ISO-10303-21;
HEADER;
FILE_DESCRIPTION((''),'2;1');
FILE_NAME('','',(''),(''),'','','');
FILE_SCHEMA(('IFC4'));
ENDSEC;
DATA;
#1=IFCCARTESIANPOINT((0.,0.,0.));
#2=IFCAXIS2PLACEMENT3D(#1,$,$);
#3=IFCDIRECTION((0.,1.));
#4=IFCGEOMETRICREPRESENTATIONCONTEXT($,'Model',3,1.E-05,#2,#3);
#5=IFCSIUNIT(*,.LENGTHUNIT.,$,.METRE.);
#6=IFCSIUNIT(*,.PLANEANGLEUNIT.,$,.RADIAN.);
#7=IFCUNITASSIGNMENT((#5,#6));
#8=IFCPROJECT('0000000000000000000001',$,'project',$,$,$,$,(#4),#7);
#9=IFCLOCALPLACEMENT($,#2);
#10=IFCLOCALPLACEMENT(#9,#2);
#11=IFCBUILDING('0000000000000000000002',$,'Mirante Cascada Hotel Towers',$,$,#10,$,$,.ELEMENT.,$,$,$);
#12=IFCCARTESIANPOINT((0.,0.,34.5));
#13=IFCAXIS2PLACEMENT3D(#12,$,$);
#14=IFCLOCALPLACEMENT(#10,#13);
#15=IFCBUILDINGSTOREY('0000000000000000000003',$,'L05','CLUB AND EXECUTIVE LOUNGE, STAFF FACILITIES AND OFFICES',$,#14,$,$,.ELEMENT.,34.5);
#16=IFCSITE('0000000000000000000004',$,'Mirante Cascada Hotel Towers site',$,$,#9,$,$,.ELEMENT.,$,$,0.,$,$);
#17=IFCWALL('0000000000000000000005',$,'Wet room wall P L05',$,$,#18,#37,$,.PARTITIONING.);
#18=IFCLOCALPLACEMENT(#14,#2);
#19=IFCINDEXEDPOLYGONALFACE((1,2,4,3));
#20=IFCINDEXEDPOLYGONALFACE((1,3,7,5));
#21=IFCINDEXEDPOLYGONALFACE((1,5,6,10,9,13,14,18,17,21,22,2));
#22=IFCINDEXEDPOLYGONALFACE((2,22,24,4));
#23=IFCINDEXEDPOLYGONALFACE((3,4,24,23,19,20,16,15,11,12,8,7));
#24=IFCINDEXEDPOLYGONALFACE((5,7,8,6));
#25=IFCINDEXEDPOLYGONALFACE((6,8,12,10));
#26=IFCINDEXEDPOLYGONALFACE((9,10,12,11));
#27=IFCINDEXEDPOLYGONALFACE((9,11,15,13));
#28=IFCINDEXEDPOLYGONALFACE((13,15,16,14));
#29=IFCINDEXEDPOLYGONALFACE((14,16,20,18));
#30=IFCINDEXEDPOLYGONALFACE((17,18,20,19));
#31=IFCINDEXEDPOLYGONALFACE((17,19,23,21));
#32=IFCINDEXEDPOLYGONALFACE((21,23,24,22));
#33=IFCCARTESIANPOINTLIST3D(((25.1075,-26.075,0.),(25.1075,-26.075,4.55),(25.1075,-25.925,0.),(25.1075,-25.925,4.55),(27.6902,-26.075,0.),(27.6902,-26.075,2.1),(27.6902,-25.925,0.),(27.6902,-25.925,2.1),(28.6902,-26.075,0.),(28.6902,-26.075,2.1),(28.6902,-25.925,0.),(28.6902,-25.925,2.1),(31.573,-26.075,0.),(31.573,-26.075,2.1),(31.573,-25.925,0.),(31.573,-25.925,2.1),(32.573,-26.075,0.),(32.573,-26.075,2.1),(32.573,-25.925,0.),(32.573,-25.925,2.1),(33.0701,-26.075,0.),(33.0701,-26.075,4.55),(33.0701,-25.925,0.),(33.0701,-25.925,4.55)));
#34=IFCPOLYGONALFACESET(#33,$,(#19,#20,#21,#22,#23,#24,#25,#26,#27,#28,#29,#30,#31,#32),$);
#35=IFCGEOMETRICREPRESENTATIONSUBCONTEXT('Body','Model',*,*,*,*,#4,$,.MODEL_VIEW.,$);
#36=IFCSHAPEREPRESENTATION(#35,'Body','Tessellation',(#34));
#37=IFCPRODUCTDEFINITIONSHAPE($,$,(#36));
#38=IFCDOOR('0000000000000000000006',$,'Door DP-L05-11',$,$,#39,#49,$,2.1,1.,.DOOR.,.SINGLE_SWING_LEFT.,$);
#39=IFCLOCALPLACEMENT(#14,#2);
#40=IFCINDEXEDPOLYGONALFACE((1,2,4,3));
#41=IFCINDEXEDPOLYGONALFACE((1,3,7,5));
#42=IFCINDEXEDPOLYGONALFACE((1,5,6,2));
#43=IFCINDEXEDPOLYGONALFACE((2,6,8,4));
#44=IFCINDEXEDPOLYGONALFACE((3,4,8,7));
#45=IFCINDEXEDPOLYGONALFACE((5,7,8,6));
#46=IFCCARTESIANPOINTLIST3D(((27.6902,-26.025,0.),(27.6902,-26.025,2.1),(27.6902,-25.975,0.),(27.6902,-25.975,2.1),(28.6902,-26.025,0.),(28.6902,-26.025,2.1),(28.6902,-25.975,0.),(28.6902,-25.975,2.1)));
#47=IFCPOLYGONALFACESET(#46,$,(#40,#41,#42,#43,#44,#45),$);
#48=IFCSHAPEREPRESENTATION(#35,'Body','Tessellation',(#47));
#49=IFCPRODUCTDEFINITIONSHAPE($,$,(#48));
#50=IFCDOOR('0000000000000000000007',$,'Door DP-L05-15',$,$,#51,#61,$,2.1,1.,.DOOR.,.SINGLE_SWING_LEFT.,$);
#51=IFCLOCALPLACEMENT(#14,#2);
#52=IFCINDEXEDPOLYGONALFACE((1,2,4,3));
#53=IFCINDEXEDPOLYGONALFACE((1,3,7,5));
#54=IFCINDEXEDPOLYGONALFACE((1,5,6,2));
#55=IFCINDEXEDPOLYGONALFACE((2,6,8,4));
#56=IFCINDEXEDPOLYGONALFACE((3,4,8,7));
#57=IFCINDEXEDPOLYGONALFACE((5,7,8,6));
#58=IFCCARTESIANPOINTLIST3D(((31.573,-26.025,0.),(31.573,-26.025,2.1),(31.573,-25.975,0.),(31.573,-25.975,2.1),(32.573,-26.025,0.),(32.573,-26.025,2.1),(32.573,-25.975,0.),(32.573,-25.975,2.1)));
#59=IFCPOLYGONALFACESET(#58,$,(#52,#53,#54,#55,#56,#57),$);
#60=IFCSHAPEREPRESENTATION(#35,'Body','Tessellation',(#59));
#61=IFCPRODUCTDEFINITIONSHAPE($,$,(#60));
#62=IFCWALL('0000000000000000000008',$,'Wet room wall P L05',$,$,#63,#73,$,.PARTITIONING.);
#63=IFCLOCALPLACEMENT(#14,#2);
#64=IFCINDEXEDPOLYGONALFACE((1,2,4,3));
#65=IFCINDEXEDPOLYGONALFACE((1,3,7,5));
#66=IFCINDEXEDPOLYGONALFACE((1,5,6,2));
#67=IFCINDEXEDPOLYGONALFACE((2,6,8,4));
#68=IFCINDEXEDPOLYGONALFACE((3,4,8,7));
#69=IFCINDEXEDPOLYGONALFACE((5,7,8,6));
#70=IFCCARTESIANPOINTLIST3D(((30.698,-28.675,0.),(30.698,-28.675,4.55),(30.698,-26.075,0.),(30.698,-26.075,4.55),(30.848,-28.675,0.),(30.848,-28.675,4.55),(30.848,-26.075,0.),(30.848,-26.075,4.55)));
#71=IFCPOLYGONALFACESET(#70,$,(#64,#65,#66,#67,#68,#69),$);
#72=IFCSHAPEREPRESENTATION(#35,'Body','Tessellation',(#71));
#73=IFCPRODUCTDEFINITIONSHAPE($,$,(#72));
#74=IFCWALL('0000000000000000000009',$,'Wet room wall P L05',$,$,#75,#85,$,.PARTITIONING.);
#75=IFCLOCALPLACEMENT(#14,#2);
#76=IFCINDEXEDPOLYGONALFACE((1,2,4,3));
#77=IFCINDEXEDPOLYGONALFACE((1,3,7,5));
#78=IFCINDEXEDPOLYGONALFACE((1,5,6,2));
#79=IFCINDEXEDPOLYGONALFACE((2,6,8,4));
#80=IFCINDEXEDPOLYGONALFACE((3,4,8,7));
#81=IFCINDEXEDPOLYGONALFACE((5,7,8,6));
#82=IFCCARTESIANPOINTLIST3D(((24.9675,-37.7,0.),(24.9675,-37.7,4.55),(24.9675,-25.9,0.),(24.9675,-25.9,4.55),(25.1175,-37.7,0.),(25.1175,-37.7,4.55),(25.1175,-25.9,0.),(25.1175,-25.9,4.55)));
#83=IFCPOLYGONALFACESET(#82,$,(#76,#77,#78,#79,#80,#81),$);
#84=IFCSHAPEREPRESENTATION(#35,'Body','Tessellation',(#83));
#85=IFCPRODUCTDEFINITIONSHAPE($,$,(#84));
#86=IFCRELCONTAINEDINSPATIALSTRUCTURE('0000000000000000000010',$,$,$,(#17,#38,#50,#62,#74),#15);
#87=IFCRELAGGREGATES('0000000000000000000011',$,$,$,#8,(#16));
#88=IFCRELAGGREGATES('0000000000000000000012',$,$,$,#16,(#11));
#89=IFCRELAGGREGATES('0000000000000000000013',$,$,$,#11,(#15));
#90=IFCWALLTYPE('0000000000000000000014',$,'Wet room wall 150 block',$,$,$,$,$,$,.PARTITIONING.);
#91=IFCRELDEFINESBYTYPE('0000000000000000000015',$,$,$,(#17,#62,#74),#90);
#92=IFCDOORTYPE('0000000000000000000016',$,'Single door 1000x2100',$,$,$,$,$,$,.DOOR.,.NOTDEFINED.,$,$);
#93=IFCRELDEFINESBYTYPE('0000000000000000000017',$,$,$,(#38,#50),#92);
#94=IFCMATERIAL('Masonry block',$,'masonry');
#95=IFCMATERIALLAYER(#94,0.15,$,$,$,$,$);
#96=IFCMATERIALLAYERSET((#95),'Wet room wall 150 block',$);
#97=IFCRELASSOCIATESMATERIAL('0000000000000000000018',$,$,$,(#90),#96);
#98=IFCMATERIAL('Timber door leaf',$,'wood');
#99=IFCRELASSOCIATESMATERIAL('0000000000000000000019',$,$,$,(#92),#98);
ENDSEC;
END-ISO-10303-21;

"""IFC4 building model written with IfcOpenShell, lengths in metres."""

from ifc_helpers import new_model, si_unit, direction, frame, frame_2d, origin, place, context, subcontext, project, spatial, rectangle, extrude, material, layer, layer_set, type_object, element, fill, save


model = new_model("IFC4")

# Units and contexts
model_context = context("Model", 3, precision=1e-05, world=origin(), true_north=direction((0.0, 1.0)))
body_context = subcontext(model_context, "Body", "Model", "MODEL_VIEW")
ifc_project = project(units=[si_unit("LENGTHUNIT", "METRE"), si_unit("PLANEANGLEUNIT", "RADIAN")], contexts=[model_context])

# Site, building, storey
site_placement = place(None, origin())
site = spatial("IfcSite", under=ifc_project, at=site_placement, Name="Mirante Cascada Hotel Towers site", CompositionType="ELEMENT", RefElevation=0.0)
building_placement = place(site_placement, origin())
building = spatial("IfcBuilding", under=site, at=building_placement, Name="Mirante Cascada Hotel Towers", CompositionType="ELEMENT")
storey_placement = place(building_placement, frame((0.0, 0.0, 34.5)))
storey = spatial("IfcBuildingStorey", under=building, at=storey_placement, Name="L05", Description="CLUB AND EXECUTIVE LOUNGE, STAFF FACILITIES AND OFFICES", CompositionType="ELEMENT", Elevation=34.5)

# Wall, openings, doors
ifc_material_1 = material(Name="Masonry block", Category="masonry")
ifc_layer_1 = layer(ifc_material_1, 0.15)
ifc_layer_set_1 = layer_set([ifc_layer_1], Name="Wet room wall 150 block")
wall_type_1 = type_object("IfcWallType", Name="Wet room wall 150 block", PredefinedType="PARTITIONING", material=ifc_layer_set_1)
wall_1_placement = place(storey_placement, frame((25.1075, -26.0, 0.0), z_axis=(0.0, 0.0, 1.0), x_axis=(1.0, 0.0, 0.0)))
wall_1 = element("IfcWall", 1, at=wall_1_placement, inside=storey, type_object=wall_type_1, Name="Wet room wall P L05", PredefinedType="PARTITIONING", context=body_context, shape_type="SweptSolid", body=[
    extrude(rectangle(XDim=7.9626, YDim=0.15, at=frame_2d((3.9813, 0.0))), origin(), (0.0, 0.0, 1.0), 4.55),
])
opening_1_placement = place(wall_1_placement, frame((2.5827, 0.0, 0.0)))
opening_1 = element("IfcOpeningElement", 2, at=opening_1_placement, cuts=wall_1, PredefinedType="OPENING", context=body_context, shape_type="SweptSolid", body=[
    extrude(rectangle(XDim=1.0, YDim=2.1, at=frame_2d((0.5, 1.05))), frame((0.0, 0.075, 0.0), z_axis=(0.0, -1.0, 0.0), x_axis=(1.0, 0.0, 0.0)), (0.0, 0.0, 1.0), 0.15),
])
opening_2_placement = place(wall_1_placement, frame((6.4655, 0.0, 0.0)))
opening_2 = element("IfcOpeningElement", 3, at=opening_2_placement, cuts=wall_1, PredefinedType="OPENING", context=body_context, shape_type="SweptSolid", body=[
    extrude(rectangle(XDim=1.0, YDim=2.1, at=frame_2d((0.5, 1.05))), frame((0.0, 0.075, 0.0), z_axis=(0.0, -1.0, 0.0), x_axis=(1.0, 0.0, 0.0)), (0.0, 0.0, 1.0), 0.15),
])
ifc_material_2 = material(Name="Timber door leaf", Category="wood")
door_type = type_object("IfcDoorType", Name="Single door 1000x2100", OperationType="NOTDEFINED", PredefinedType="DOOR", material=ifc_material_2)
door_1_placement = place(opening_1_placement, frame((1.0, 0.0, 0.0), z_axis=(0.0, 0.0, 1.0), x_axis=(-1.0, 0.0, 0.0)))
door_1 = element("IfcDoor", 4, at=door_1_placement, inside=storey, type_object=door_type, Name="Door DP-L05-11", OperationType="SINGLE_SWING_LEFT", OverallHeight=2.1, OverallWidth=1.0, PredefinedType="DOOR", context=body_context, shape_type="SweptSolid", body=[
    extrude(rectangle(XDim=1.0, YDim=2.1, at=frame_2d((0.5, 1.05))), frame((0.0, 0.025, 0.0), z_axis=(0.0, -1.0, 0.0), x_axis=(1.0, 0.0, 0.0)), (0.0, 0.0, 1.0), 0.05),
])
fill(opening_1, door_1)
door_2_placement = place(opening_2_placement, frame((1.0, 0.0, 0.0), z_axis=(0.0, 0.0, 1.0), x_axis=(-1.0, 0.0, 0.0)))
door_2 = element("IfcDoor", 5, at=door_2_placement, inside=storey, type_object=door_type, Name="Door DP-L05-15", OperationType="SINGLE_SWING_LEFT", OverallHeight=2.1, OverallWidth=1.0, PredefinedType="DOOR", context=body_context, shape_type="SweptSolid", body=[
    extrude(rectangle(XDim=1.0, YDim=2.1, at=frame_2d((0.5, 1.05))), frame((0.0, 0.025, 0.0), z_axis=(0.0, -1.0, 0.0), x_axis=(1.0, 0.0, 0.0)), (0.0, 0.0, 1.0), 0.05),
])
fill(opening_2, door_2)

# Walls
wall_2_placement = place(storey_placement, frame((30.773, -28.675, 0.0), z_axis=(0.0, 0.0, 1.0), x_axis=(0.0, 1.0, 0.0)))
element("IfcWall", 6, at=wall_2_placement, inside=storey, type_object=wall_type_1, Name="Wet room wall P L05", PredefinedType="PARTITIONING", context=body_context, shape_type="SweptSolid", body=[
    extrude(rectangle(XDim=2.6, YDim=0.15, at=frame_2d((1.3, 0.0))), origin(), (0.0, 0.0, 1.0), 4.55),
])
wall_3_placement = place(storey_placement, frame((25.0425, -37.7, 0.0), z_axis=(0.0, 0.0, 1.0), x_axis=(0.0, 1.0, 0.0)))
element("IfcWall", 7, at=wall_3_placement, inside=storey, type_object=wall_type_1, Name="Wet room wall P L05", PredefinedType="PARTITIONING", context=body_context, shape_type="SweptSolid", body=[
    extrude(rectangle(XDim=11.8, YDim=0.15, at=frame_2d((5.9, 0.0))), origin(), (0.0, 0.0, 1.0), 4.55),
])

save(model, "model.ifc")
